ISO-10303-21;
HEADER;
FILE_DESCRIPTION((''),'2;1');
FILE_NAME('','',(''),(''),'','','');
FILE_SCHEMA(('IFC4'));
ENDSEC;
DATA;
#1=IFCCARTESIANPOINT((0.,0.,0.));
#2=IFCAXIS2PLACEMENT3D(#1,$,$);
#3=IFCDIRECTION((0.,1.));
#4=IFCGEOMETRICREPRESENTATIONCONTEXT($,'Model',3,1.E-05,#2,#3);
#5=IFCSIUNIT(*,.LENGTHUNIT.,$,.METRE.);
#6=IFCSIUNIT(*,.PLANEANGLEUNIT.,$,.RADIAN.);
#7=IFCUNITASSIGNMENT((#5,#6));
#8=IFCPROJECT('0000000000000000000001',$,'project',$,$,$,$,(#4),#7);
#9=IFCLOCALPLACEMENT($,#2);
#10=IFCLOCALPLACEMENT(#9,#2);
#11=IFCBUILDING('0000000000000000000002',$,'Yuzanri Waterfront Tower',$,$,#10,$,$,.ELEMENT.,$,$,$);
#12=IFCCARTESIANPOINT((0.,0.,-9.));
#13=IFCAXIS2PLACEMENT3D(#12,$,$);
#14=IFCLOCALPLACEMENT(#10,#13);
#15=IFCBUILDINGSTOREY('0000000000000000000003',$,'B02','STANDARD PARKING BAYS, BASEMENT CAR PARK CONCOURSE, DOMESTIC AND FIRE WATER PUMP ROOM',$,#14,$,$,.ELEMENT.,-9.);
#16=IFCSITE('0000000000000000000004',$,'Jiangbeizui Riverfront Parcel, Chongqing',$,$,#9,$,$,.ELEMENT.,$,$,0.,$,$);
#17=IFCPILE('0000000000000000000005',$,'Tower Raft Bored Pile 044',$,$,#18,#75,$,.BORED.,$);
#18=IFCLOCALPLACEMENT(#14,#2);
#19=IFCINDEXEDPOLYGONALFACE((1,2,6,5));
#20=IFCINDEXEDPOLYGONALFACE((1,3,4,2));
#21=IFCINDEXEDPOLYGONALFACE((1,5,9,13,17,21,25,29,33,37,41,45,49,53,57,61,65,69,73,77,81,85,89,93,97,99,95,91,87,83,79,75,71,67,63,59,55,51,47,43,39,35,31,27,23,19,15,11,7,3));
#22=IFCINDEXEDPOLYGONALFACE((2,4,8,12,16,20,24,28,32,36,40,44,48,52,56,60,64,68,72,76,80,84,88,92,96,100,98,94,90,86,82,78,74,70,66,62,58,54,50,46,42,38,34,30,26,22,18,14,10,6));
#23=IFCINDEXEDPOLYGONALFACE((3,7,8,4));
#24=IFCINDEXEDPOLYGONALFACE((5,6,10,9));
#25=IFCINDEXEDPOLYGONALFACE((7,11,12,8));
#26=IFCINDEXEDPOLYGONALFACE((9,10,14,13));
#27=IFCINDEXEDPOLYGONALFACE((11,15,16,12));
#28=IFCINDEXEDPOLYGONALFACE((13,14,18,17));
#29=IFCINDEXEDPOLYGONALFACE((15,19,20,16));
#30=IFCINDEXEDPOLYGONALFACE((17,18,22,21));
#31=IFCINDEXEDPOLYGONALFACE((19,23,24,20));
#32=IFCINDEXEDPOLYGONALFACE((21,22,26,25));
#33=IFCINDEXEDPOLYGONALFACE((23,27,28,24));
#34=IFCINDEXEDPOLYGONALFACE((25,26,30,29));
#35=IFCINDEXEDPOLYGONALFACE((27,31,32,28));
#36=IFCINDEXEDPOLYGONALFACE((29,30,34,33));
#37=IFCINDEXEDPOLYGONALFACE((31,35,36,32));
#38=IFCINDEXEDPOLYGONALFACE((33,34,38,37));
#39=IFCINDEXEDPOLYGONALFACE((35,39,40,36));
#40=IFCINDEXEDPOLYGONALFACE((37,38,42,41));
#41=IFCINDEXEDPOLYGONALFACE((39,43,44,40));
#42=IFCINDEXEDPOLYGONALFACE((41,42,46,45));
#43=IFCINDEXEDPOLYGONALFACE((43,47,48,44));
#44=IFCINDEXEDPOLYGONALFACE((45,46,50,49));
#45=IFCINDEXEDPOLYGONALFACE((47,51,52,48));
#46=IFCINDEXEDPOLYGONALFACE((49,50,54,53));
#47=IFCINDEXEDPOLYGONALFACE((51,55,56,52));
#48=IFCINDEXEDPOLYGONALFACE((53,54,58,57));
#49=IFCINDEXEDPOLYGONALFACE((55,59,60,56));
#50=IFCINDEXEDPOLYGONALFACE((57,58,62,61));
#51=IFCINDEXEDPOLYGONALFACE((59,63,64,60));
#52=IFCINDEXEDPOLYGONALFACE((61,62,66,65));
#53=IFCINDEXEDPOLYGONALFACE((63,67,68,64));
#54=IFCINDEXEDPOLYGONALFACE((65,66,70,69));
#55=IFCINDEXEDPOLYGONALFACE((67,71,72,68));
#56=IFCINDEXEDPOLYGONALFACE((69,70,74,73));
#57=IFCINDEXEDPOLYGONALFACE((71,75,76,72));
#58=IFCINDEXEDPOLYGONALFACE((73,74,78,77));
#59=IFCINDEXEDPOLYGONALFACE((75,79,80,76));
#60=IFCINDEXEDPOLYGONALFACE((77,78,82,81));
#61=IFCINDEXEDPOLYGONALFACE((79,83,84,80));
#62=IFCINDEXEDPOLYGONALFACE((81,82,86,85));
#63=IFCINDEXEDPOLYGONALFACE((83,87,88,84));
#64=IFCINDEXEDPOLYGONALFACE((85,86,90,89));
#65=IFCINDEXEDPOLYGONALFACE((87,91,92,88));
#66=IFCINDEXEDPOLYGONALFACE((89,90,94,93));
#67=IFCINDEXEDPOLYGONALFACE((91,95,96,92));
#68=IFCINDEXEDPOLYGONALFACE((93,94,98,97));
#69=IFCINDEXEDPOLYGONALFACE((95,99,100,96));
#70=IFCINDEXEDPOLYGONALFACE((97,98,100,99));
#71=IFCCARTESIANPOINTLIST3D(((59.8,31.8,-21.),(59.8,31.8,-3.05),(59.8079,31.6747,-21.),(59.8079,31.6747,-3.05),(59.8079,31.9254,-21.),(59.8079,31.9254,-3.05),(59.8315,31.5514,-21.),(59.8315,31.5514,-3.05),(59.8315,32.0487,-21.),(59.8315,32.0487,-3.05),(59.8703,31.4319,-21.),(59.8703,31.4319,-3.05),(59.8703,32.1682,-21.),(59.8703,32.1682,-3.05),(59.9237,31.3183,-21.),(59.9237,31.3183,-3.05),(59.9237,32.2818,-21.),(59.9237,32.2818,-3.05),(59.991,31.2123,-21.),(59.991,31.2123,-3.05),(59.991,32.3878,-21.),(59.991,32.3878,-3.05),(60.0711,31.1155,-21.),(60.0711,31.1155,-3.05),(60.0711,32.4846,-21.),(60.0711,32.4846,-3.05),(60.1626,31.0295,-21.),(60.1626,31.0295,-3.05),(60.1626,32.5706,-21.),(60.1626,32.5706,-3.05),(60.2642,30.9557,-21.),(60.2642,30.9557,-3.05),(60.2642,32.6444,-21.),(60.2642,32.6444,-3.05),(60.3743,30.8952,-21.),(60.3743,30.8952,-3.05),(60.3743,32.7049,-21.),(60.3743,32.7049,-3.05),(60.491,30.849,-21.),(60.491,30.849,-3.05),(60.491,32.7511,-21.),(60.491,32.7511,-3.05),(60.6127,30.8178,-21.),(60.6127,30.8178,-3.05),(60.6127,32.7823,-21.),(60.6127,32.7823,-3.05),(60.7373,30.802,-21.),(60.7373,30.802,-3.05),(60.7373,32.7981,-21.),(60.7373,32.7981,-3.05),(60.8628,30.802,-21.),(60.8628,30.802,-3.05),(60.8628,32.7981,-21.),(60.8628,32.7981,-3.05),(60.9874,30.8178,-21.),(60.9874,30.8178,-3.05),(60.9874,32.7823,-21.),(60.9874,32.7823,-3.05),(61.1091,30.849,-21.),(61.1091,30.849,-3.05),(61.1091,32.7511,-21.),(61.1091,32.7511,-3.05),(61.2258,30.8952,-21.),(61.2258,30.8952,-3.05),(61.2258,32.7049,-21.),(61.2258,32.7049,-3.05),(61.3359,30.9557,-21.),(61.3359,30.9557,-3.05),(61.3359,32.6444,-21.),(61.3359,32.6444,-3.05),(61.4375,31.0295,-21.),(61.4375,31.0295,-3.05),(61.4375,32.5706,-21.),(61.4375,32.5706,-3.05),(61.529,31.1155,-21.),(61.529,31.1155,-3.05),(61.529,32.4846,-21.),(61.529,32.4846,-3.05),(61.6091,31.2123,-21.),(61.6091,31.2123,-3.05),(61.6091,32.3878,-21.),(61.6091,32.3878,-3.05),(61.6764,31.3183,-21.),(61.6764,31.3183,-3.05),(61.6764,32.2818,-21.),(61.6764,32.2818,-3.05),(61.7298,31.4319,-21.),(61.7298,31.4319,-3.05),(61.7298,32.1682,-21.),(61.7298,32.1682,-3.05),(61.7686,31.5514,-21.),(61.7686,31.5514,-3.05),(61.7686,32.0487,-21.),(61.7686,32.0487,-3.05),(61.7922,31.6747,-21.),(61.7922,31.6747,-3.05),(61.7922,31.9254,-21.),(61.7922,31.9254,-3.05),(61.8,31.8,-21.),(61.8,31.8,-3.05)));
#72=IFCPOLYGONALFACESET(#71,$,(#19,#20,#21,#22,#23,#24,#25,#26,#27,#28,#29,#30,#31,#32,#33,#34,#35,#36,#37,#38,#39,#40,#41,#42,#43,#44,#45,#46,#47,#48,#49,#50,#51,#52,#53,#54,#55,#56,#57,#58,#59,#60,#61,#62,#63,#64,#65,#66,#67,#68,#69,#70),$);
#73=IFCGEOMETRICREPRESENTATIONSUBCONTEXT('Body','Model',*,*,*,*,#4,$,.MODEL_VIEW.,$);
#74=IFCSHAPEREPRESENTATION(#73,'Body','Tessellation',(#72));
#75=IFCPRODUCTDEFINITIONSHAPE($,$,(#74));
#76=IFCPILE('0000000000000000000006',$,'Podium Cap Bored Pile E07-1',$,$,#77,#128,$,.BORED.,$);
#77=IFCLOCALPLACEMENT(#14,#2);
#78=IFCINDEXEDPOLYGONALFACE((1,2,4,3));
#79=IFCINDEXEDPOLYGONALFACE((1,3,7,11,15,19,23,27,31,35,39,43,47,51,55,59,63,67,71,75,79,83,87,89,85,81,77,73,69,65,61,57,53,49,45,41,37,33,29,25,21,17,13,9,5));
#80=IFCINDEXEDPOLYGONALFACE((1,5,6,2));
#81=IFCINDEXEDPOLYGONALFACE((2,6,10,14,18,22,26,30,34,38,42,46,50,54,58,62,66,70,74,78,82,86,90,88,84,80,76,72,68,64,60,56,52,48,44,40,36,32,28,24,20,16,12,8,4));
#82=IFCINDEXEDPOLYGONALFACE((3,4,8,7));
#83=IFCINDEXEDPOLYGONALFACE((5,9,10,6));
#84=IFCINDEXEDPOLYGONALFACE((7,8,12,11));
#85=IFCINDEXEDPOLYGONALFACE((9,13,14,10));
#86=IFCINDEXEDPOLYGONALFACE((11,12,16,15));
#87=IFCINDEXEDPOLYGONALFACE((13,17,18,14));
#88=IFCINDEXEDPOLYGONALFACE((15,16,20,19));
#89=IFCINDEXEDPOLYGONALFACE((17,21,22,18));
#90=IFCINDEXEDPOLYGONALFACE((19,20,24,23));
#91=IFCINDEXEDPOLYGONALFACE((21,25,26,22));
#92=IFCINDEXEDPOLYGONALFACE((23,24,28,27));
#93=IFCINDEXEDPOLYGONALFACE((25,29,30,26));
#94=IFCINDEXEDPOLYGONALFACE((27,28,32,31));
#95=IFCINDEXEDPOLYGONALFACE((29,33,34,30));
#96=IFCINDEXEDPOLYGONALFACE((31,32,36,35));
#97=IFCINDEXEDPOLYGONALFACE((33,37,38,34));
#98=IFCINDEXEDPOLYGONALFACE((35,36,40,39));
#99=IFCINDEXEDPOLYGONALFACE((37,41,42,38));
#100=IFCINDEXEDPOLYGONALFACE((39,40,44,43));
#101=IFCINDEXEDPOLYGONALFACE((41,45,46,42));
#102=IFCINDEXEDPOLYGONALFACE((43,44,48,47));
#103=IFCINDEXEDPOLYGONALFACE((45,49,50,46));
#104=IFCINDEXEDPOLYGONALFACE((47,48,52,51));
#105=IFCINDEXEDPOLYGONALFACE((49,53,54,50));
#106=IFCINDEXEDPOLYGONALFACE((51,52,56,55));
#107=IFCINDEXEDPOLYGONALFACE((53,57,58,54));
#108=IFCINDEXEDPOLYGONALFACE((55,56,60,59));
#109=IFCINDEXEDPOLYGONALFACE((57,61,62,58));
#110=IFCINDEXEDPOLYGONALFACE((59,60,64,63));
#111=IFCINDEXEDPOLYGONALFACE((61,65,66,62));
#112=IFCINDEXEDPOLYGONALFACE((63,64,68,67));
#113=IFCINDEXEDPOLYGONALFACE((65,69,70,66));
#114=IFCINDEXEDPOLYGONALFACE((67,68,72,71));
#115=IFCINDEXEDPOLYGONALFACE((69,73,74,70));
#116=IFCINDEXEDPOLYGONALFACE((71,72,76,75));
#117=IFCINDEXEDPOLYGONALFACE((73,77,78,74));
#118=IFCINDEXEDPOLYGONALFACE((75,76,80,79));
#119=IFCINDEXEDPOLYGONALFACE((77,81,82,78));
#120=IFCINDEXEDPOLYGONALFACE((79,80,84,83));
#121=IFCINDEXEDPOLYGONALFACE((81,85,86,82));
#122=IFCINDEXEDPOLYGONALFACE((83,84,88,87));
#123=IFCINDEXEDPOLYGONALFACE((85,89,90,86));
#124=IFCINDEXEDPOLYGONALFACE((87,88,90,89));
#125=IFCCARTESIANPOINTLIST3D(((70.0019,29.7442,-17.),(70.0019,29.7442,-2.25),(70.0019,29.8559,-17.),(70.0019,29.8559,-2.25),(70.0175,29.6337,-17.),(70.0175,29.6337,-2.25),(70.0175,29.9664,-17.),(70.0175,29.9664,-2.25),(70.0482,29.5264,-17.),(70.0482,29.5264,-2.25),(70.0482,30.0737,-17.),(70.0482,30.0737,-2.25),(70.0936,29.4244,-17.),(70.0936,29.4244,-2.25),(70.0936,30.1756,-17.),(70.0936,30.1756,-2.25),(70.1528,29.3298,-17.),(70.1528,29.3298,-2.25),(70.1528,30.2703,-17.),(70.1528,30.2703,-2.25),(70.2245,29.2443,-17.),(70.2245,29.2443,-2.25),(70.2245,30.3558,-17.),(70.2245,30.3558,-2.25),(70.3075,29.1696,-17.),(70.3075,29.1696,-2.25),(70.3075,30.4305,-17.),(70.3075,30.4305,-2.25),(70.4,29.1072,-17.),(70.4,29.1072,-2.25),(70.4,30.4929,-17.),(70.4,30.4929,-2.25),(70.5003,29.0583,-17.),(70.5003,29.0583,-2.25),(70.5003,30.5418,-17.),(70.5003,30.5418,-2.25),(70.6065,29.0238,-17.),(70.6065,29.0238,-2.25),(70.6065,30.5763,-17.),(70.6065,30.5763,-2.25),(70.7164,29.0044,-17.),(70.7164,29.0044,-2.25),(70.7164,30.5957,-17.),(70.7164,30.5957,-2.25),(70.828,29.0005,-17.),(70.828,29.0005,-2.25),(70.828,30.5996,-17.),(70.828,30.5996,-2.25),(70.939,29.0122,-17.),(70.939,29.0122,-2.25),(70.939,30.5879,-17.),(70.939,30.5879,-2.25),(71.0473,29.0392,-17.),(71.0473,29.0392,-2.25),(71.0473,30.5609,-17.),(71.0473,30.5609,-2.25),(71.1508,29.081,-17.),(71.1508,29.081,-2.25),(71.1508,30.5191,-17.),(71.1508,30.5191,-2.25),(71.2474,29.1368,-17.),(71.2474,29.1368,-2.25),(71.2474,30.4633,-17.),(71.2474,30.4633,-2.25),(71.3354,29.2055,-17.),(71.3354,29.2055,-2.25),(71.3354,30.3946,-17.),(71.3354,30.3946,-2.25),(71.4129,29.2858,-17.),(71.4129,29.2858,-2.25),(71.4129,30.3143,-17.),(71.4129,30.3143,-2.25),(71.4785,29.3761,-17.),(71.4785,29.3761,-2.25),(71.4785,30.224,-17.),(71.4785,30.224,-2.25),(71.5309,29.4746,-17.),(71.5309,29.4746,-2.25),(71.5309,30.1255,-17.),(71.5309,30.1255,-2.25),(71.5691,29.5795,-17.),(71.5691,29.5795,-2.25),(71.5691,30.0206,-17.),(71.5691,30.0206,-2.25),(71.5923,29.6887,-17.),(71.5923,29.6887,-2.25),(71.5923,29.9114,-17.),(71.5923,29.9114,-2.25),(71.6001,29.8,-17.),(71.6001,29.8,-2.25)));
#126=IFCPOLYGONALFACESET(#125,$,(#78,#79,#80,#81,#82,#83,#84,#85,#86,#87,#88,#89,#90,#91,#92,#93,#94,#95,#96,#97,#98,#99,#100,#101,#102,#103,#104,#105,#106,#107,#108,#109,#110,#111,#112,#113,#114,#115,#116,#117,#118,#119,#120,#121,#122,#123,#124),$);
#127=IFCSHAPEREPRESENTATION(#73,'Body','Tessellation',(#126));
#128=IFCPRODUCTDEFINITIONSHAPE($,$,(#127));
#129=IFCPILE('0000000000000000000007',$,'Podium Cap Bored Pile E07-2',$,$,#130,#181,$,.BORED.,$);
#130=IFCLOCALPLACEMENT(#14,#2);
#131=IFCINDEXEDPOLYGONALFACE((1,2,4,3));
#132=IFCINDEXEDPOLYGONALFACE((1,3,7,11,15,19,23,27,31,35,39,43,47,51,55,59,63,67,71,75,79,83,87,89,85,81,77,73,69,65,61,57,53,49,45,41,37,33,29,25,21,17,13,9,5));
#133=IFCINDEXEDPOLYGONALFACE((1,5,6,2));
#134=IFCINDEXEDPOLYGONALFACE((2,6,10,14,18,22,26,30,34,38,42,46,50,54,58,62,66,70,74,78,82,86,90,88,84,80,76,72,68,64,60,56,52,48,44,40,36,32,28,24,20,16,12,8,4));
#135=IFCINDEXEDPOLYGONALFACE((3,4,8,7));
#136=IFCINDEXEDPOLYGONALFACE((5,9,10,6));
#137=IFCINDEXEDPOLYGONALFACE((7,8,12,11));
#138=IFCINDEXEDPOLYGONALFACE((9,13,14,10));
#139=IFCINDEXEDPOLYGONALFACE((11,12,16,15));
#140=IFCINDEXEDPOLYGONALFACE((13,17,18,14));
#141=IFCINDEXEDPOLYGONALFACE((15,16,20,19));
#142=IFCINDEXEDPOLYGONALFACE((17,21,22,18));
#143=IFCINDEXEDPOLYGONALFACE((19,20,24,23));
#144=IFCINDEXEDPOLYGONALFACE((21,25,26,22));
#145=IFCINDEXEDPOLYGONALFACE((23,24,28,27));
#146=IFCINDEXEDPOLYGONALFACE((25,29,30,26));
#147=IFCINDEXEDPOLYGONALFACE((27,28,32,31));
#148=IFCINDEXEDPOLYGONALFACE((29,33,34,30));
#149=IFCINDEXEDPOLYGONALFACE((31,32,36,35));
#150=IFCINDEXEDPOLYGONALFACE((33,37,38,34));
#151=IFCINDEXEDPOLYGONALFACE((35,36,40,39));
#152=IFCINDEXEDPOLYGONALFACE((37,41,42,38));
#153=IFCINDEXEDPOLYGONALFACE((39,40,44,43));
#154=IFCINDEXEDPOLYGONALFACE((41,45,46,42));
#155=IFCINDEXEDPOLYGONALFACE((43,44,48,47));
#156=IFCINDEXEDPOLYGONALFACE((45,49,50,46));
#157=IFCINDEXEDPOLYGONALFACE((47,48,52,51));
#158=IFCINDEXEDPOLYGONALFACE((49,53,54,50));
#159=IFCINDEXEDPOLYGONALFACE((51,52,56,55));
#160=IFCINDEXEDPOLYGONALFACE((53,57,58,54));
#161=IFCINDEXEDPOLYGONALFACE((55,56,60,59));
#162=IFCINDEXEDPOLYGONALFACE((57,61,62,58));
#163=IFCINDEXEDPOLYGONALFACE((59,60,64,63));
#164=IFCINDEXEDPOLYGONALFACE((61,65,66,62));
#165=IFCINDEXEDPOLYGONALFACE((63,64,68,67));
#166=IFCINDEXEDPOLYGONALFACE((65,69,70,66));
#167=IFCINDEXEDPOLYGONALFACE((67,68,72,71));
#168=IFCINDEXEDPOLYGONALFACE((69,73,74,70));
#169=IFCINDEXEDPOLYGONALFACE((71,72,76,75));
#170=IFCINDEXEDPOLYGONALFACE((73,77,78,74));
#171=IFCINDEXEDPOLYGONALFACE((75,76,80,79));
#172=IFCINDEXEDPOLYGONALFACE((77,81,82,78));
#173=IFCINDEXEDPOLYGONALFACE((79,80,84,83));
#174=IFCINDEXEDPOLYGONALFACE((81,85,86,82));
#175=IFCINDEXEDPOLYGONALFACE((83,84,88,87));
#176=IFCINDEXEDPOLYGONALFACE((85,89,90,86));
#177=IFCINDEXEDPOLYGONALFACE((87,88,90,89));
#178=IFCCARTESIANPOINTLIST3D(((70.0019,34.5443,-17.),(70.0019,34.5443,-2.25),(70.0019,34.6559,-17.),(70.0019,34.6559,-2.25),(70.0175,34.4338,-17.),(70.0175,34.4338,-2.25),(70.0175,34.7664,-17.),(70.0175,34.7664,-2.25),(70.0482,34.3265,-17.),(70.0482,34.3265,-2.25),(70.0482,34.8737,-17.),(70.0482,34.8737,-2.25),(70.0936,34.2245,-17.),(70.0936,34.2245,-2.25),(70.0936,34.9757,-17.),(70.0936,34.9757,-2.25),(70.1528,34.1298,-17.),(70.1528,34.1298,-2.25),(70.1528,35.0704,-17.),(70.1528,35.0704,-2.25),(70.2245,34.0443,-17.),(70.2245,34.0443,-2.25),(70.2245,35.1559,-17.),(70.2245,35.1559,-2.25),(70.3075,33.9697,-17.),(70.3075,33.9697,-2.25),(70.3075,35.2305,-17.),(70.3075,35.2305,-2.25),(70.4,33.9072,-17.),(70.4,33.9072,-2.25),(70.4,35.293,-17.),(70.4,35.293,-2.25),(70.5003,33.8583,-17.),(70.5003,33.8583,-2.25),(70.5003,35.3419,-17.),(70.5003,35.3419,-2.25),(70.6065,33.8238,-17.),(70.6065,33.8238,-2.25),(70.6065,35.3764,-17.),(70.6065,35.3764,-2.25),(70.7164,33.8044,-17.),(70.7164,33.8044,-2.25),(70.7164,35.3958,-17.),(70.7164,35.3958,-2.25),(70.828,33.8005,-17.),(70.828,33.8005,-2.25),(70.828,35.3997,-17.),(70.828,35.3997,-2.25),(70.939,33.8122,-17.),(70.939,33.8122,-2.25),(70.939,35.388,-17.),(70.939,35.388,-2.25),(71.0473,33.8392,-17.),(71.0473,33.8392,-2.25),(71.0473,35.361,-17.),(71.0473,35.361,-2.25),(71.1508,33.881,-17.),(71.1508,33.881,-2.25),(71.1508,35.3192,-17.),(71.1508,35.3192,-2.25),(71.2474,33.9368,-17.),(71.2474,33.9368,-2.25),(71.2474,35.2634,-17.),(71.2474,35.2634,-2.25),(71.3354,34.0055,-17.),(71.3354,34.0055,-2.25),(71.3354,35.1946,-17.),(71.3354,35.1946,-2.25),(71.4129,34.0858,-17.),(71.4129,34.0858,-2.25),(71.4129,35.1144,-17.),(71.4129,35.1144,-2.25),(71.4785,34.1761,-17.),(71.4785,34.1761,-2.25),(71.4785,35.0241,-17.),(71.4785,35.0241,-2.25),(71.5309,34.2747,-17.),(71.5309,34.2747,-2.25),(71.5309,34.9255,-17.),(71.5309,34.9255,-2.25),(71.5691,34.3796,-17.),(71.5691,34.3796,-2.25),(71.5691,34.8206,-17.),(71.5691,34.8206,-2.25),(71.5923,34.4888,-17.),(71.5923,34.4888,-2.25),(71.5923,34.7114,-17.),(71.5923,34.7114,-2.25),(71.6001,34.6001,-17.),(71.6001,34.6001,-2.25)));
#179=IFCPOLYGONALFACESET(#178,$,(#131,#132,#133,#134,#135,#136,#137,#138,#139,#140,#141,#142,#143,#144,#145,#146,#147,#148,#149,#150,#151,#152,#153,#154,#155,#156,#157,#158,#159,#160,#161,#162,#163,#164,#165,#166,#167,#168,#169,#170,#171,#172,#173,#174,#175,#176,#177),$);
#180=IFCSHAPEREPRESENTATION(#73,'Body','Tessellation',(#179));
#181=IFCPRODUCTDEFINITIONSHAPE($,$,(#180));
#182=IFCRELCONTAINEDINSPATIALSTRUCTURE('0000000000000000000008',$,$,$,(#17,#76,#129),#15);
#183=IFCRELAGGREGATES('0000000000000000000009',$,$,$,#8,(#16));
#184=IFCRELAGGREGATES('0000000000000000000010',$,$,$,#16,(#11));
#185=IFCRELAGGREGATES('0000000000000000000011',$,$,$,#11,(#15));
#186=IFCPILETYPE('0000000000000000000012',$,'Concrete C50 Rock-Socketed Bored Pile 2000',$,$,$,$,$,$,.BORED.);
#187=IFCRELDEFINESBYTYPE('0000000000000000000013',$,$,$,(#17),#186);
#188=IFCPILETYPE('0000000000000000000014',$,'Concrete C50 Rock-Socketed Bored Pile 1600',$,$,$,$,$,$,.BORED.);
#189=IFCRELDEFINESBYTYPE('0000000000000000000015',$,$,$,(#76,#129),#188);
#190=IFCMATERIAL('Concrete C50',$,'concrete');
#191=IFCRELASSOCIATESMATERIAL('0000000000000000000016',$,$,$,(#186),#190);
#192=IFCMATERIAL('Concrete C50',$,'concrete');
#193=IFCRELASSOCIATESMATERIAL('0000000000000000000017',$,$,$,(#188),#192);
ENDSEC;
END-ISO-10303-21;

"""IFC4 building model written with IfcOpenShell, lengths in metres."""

from ifc_helpers import new_model, si_unit, direction, frame, origin, origin_2d, place, context, subcontext, project, spatial, circle, extrude, source, transform, mapped, material, material_profile, profile_set, type_object, element, save


model = new_model("IFC4")

# Units and contexts
model_context = context("Model", 3, precision=1e-05, world=origin(), true_north=direction((0.0, 1.0)))
body_context = subcontext(model_context, "Body", "Model", "MODEL_VIEW")
ifc_project = project(units=[si_unit("LENGTHUNIT", "METRE"), si_unit("PLANEANGLEUNIT", "RADIAN")], contexts=[model_context])

# Site, building, storey
site_placement = place(None, origin())
site = spatial("IfcSite", under=ifc_project, at=site_placement, Name="Jiangbeizui Riverfront Parcel, Chongqing", CompositionType="ELEMENT", RefElevation=0.0)
building_placement = place(site_placement, origin())
building = spatial("IfcBuilding", under=site, at=building_placement, Name="Yuzanri Waterfront Tower", CompositionType="ELEMENT")
storey_placement = place(building_placement, frame((0.0, 0.0, -9.0)))
storey = spatial("IfcBuildingStorey", under=building, at=storey_placement, Name="B02", Description="STANDARD PARKING BAYS, BASEMENT CAR PARK CONCOURSE, DOMESTIC AND FIRE WATER PUMP ROOM", CompositionType="ELEMENT", Elevation=-9.0)

# Piles
ifc_material_1 = material(Name="Concrete C50", Category="concrete")
ifc_material_profile_1 = material_profile(ifc_material_1, circle(Radius=1.0, at=origin_2d()), Name="PILE D2000")
ifc_profile_set_1 = profile_set([ifc_material_profile_1], Name="Concrete C50")
pile_type_1 = type_object("IfcPileType", Name="Concrete C50 Rock-Socketed Bored Pile 2000", PredefinedType="BORED", material=ifc_profile_set_1)
shared_shape_1 = source(origin(), body_context, "Body", "SweptSolid", [
    extrude(circle(Radius=1.0, at=origin_2d()), origin(), (0.0, 0.0, 1.0), 17.95),
])
for number, where, z_axis, x_axis, name in (
    (1, (60.8, 31.8, -3.05), (0.0, 0.0, -1.0), (1.0, 0.0, 0.0), "Tower Raft Bored Pile 044"),
):
    element("IfcPile", number, at=place(storey_placement, frame(where, z_axis=z_axis, x_axis=x_axis)), inside=storey, type_object=pile_type_1, Name=name, PredefinedType="BORED", context=body_context, shape_type="MappedRepresentation", body=[
        mapped(shared_shape_1, transform((0.0, 0.0, 0.0), scale=1.0)),
    ])
ifc_material_2 = material(Name="Concrete C50", Category="concrete")
ifc_material_profile_2 = material_profile(ifc_material_2, circle(Radius=0.8, at=origin_2d()), Name="PILE D1600")
ifc_profile_set_2 = profile_set([ifc_material_profile_2], Name="Concrete C50")
pile_type_2 = type_object("IfcPileType", Name="Concrete C50 Rock-Socketed Bored Pile 1600", PredefinedType="BORED", material=ifc_profile_set_2)
shared_shape_2 = source(origin(), body_context, "Body", "SweptSolid", [
    extrude(circle(Radius=0.8, at=origin_2d()), origin(), (0.0, 0.0, 1.0), 14.75),
])
for number, where, z_axis, x_axis, name in (
    (2, (70.8, 29.8, -2.25), (0.0, 0.0, -1.0), (1.0, 0.0, 0.0), "Podium Cap Bored Pile E07-1"),
    (3, (70.8, 34.6001, -2.25), (0.0, 0.0, -1.0), (1.0, 0.0, 0.0), "Podium Cap Bored Pile E07-2"),
):
    element("IfcPile", number, at=place(storey_placement, frame(where, z_axis=z_axis, x_axis=x_axis)), inside=storey, type_object=pile_type_2, Name=name, PredefinedType="BORED", context=body_context, shape_type="MappedRepresentation", body=[
        mapped(shared_shape_2, transform((0.0, 0.0, 0.0), scale=1.0)),
    ])

save(model, "model.ifc")
